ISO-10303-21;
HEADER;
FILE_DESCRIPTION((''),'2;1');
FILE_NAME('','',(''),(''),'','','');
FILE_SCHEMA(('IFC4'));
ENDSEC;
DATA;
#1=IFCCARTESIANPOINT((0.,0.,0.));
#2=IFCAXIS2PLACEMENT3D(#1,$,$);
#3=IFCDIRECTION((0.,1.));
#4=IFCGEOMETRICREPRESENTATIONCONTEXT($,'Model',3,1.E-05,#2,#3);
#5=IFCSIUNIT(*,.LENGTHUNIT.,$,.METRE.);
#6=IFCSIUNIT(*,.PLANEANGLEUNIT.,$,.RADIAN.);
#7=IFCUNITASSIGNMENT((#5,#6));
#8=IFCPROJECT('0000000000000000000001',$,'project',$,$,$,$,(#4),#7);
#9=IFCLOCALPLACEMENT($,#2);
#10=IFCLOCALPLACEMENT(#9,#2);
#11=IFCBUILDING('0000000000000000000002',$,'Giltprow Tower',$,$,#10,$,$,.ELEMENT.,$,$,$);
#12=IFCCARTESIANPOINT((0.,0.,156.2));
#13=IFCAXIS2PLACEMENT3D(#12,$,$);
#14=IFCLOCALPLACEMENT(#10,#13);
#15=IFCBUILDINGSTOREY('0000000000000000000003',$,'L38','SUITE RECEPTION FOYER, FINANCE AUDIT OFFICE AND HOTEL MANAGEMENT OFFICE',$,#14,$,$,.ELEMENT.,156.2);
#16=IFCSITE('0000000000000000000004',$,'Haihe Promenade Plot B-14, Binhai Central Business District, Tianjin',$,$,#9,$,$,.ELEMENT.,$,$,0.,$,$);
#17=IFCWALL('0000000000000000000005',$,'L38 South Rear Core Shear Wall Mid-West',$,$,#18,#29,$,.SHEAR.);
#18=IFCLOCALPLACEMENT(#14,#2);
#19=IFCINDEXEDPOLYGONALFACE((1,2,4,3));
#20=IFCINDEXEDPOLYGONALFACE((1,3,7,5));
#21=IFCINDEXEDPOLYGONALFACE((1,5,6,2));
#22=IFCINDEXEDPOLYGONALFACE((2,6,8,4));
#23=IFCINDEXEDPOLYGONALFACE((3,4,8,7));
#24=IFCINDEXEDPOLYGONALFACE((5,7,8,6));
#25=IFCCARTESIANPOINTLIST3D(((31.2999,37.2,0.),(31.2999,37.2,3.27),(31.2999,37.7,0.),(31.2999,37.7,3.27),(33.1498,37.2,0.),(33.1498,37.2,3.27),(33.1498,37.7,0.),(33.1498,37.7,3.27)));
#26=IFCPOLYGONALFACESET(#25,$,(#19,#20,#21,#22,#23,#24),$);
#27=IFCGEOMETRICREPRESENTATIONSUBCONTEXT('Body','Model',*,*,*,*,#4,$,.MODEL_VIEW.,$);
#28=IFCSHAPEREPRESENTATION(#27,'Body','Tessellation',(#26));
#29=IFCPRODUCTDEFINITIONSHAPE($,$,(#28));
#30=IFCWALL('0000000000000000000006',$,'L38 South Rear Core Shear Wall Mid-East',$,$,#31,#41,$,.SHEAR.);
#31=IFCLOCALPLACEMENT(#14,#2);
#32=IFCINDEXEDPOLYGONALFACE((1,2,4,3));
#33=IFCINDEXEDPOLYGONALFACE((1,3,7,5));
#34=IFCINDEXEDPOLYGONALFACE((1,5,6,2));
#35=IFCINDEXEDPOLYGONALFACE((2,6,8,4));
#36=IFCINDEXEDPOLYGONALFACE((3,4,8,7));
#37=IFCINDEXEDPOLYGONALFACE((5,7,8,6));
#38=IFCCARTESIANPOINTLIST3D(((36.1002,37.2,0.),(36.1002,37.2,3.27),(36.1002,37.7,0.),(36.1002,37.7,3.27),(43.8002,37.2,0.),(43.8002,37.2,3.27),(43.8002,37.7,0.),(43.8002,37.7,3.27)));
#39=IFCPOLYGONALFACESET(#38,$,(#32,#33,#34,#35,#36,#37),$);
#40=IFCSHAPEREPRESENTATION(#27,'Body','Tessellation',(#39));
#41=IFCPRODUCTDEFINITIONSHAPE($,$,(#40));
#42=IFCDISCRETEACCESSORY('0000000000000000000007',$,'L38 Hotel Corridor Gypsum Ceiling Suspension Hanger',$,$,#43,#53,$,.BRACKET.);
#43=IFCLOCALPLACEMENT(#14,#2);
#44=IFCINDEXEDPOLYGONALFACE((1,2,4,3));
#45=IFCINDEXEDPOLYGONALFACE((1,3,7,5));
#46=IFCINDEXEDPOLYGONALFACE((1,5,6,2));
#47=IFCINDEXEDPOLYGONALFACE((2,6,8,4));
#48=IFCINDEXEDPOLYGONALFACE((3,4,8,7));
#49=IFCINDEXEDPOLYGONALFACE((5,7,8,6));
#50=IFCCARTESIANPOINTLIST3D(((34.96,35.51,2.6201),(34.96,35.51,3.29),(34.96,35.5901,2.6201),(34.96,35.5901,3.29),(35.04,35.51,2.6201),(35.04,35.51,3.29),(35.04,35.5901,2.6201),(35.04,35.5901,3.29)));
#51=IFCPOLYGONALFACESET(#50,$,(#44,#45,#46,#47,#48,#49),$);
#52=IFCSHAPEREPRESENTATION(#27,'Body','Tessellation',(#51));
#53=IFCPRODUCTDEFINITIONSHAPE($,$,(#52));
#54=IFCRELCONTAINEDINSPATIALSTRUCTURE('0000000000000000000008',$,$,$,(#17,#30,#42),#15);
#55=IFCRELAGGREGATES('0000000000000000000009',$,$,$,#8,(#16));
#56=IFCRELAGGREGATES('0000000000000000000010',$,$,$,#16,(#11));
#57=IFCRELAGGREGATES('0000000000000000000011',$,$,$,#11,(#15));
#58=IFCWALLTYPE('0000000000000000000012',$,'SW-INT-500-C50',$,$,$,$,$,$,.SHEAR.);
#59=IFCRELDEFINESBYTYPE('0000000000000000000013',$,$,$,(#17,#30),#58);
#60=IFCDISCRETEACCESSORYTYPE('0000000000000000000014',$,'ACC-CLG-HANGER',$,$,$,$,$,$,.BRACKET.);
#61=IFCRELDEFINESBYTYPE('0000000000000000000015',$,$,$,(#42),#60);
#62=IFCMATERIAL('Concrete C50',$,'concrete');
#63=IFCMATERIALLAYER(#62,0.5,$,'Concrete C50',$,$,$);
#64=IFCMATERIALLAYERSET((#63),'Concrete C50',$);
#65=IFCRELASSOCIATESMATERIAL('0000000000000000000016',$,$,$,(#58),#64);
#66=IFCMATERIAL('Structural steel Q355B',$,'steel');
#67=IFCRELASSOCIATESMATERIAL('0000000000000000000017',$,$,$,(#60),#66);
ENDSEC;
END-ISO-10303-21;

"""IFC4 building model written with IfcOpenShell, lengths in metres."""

from ifc_helpers import new_model, si_unit, direction, frame, frame_2d, origin, origin_2d, place, context, subcontext, project, spatial, rectangle, extrude, source, transform, mapped, material, layer, layer_set, type_object, element, save


model = new_model("IFC4")

# Units and contexts
model_context = context("Model", 3, precision=1e-05, world=origin(), true_north=direction((0.0, 1.0)))
body_context = subcontext(model_context, "Body", "Model", "MODEL_VIEW")
ifc_project = project(units=[si_unit("LENGTHUNIT", "METRE"), si_unit("PLANEANGLEUNIT", "RADIAN")], contexts=[model_context])

# Site, building, storey
site_placement = place(None, origin())
site = spatial("IfcSite", under=ifc_project, at=site_placement, Name="Haihe Promenade Plot B-14, Binhai Central Business District, Tianjin", CompositionType="ELEMENT", RefElevation=0.0)
building_placement = place(site_placement, origin())
building = spatial("IfcBuilding", under=site, at=building_placement, Name="Giltprow Tower", CompositionType="ELEMENT")
storey_placement = place(building_placement, frame((0.0, 0.0, 156.2)))
storey = spatial("IfcBuildingStorey", under=building, at=storey_placement, Name="L38", Description="SUITE RECEPTION FOYER, FINANCE AUDIT OFFICE AND HOTEL MANAGEMENT OFFICE", CompositionType="ELEMENT", Elevation=156.2)

# Shared definitions
ifc_material_1 = material(Name="Concrete C50", Category="concrete")

# Shared definitions
ifc_material_2 = material(Name="Structural steel Q355B", Category="steel")

# Walls
ifc_layer_1 = layer(ifc_material_1, 0.5, Name="Concrete C50")
ifc_layer_set_1 = layer_set([ifc_layer_1], Name="Concrete C50")
wall_type_1 = type_object("IfcWallType", Name="SW-INT-500-C50", PredefinedType="SHEAR", material=ifc_layer_set_1)
wall_1_placement = place(storey_placement, frame((31.3, 37.45, 0.0), z_axis=(0.0, 0.0, 1.0), x_axis=(1.0, 0.0, 0.0)))
element("IfcWall", 1, at=wall_1_placement, inside=storey, type_object=wall_type_1, Name="L38 South Rear Core Shear Wall Mid-West", PredefinedType="SHEAR", context=body_context, shape_type="SweptSolid", body=[
    extrude(rectangle(XDim=1.8499, YDim=0.5, at=frame_2d((0.9248, 0.0))), origin(), (0.0, 0.0, 1.0), 3.27),
])
wall_2_placement = place(storey_placement, frame((36.1001, 37.45, 0.0), z_axis=(0.0, 0.0, 1.0), x_axis=(1.0, 0.0, 0.0)))
element("IfcWall", 2, at=wall_2_placement, inside=storey, type_object=wall_type_1, Name="L38 South Rear Core Shear Wall Mid-East", PredefinedType="SHEAR", context=body_context, shape_type="SweptSolid", body=[
    extrude(rectangle(XDim=7.7, YDim=0.5, at=frame_2d((3.8501, 0.0))), origin(), (0.0, 0.0, 1.0), 3.27),
])

# Discrete accessory
discrete_accessory_type = type_object("IfcDiscreteAccessoryType", Name="ACC-CLG-HANGER", PredefinedType="BRACKET", material=ifc_material_2)
shared_shape_1 = source(origin(), body_context, "Body", "SweptSolid", [
    extrude(rectangle(XDim=0.0801, YDim=0.0801, at=origin_2d()), origin(), (0.0, 0.0, 1.0), 0.6699),
])
discrete_accessory_placement = place(storey_placement, frame((35.0, 35.55, 2.6201), z_axis=(0.0, 0.0, 1.0), x_axis=(1.0, 0.0, 0.0)))
element("IfcDiscreteAccessory", 3, at=discrete_accessory_placement, inside=storey, type_object=discrete_accessory_type, Name="L38 Hotel Corridor Gypsum Ceiling Suspension Hanger", PredefinedType="BRACKET", context=body_context, shape_type="MappedRepresentation", body=[
    mapped(shared_shape_1, transform((0.0, 0.0, 0.0), x_axis=(1.0, 0.0, 0.0), y_axis=(0.0, 1.0, 0.0), z_axis=(0.0, 0.0, 1.0), scale=1.0)),
])

save(model, "model.ifc")
